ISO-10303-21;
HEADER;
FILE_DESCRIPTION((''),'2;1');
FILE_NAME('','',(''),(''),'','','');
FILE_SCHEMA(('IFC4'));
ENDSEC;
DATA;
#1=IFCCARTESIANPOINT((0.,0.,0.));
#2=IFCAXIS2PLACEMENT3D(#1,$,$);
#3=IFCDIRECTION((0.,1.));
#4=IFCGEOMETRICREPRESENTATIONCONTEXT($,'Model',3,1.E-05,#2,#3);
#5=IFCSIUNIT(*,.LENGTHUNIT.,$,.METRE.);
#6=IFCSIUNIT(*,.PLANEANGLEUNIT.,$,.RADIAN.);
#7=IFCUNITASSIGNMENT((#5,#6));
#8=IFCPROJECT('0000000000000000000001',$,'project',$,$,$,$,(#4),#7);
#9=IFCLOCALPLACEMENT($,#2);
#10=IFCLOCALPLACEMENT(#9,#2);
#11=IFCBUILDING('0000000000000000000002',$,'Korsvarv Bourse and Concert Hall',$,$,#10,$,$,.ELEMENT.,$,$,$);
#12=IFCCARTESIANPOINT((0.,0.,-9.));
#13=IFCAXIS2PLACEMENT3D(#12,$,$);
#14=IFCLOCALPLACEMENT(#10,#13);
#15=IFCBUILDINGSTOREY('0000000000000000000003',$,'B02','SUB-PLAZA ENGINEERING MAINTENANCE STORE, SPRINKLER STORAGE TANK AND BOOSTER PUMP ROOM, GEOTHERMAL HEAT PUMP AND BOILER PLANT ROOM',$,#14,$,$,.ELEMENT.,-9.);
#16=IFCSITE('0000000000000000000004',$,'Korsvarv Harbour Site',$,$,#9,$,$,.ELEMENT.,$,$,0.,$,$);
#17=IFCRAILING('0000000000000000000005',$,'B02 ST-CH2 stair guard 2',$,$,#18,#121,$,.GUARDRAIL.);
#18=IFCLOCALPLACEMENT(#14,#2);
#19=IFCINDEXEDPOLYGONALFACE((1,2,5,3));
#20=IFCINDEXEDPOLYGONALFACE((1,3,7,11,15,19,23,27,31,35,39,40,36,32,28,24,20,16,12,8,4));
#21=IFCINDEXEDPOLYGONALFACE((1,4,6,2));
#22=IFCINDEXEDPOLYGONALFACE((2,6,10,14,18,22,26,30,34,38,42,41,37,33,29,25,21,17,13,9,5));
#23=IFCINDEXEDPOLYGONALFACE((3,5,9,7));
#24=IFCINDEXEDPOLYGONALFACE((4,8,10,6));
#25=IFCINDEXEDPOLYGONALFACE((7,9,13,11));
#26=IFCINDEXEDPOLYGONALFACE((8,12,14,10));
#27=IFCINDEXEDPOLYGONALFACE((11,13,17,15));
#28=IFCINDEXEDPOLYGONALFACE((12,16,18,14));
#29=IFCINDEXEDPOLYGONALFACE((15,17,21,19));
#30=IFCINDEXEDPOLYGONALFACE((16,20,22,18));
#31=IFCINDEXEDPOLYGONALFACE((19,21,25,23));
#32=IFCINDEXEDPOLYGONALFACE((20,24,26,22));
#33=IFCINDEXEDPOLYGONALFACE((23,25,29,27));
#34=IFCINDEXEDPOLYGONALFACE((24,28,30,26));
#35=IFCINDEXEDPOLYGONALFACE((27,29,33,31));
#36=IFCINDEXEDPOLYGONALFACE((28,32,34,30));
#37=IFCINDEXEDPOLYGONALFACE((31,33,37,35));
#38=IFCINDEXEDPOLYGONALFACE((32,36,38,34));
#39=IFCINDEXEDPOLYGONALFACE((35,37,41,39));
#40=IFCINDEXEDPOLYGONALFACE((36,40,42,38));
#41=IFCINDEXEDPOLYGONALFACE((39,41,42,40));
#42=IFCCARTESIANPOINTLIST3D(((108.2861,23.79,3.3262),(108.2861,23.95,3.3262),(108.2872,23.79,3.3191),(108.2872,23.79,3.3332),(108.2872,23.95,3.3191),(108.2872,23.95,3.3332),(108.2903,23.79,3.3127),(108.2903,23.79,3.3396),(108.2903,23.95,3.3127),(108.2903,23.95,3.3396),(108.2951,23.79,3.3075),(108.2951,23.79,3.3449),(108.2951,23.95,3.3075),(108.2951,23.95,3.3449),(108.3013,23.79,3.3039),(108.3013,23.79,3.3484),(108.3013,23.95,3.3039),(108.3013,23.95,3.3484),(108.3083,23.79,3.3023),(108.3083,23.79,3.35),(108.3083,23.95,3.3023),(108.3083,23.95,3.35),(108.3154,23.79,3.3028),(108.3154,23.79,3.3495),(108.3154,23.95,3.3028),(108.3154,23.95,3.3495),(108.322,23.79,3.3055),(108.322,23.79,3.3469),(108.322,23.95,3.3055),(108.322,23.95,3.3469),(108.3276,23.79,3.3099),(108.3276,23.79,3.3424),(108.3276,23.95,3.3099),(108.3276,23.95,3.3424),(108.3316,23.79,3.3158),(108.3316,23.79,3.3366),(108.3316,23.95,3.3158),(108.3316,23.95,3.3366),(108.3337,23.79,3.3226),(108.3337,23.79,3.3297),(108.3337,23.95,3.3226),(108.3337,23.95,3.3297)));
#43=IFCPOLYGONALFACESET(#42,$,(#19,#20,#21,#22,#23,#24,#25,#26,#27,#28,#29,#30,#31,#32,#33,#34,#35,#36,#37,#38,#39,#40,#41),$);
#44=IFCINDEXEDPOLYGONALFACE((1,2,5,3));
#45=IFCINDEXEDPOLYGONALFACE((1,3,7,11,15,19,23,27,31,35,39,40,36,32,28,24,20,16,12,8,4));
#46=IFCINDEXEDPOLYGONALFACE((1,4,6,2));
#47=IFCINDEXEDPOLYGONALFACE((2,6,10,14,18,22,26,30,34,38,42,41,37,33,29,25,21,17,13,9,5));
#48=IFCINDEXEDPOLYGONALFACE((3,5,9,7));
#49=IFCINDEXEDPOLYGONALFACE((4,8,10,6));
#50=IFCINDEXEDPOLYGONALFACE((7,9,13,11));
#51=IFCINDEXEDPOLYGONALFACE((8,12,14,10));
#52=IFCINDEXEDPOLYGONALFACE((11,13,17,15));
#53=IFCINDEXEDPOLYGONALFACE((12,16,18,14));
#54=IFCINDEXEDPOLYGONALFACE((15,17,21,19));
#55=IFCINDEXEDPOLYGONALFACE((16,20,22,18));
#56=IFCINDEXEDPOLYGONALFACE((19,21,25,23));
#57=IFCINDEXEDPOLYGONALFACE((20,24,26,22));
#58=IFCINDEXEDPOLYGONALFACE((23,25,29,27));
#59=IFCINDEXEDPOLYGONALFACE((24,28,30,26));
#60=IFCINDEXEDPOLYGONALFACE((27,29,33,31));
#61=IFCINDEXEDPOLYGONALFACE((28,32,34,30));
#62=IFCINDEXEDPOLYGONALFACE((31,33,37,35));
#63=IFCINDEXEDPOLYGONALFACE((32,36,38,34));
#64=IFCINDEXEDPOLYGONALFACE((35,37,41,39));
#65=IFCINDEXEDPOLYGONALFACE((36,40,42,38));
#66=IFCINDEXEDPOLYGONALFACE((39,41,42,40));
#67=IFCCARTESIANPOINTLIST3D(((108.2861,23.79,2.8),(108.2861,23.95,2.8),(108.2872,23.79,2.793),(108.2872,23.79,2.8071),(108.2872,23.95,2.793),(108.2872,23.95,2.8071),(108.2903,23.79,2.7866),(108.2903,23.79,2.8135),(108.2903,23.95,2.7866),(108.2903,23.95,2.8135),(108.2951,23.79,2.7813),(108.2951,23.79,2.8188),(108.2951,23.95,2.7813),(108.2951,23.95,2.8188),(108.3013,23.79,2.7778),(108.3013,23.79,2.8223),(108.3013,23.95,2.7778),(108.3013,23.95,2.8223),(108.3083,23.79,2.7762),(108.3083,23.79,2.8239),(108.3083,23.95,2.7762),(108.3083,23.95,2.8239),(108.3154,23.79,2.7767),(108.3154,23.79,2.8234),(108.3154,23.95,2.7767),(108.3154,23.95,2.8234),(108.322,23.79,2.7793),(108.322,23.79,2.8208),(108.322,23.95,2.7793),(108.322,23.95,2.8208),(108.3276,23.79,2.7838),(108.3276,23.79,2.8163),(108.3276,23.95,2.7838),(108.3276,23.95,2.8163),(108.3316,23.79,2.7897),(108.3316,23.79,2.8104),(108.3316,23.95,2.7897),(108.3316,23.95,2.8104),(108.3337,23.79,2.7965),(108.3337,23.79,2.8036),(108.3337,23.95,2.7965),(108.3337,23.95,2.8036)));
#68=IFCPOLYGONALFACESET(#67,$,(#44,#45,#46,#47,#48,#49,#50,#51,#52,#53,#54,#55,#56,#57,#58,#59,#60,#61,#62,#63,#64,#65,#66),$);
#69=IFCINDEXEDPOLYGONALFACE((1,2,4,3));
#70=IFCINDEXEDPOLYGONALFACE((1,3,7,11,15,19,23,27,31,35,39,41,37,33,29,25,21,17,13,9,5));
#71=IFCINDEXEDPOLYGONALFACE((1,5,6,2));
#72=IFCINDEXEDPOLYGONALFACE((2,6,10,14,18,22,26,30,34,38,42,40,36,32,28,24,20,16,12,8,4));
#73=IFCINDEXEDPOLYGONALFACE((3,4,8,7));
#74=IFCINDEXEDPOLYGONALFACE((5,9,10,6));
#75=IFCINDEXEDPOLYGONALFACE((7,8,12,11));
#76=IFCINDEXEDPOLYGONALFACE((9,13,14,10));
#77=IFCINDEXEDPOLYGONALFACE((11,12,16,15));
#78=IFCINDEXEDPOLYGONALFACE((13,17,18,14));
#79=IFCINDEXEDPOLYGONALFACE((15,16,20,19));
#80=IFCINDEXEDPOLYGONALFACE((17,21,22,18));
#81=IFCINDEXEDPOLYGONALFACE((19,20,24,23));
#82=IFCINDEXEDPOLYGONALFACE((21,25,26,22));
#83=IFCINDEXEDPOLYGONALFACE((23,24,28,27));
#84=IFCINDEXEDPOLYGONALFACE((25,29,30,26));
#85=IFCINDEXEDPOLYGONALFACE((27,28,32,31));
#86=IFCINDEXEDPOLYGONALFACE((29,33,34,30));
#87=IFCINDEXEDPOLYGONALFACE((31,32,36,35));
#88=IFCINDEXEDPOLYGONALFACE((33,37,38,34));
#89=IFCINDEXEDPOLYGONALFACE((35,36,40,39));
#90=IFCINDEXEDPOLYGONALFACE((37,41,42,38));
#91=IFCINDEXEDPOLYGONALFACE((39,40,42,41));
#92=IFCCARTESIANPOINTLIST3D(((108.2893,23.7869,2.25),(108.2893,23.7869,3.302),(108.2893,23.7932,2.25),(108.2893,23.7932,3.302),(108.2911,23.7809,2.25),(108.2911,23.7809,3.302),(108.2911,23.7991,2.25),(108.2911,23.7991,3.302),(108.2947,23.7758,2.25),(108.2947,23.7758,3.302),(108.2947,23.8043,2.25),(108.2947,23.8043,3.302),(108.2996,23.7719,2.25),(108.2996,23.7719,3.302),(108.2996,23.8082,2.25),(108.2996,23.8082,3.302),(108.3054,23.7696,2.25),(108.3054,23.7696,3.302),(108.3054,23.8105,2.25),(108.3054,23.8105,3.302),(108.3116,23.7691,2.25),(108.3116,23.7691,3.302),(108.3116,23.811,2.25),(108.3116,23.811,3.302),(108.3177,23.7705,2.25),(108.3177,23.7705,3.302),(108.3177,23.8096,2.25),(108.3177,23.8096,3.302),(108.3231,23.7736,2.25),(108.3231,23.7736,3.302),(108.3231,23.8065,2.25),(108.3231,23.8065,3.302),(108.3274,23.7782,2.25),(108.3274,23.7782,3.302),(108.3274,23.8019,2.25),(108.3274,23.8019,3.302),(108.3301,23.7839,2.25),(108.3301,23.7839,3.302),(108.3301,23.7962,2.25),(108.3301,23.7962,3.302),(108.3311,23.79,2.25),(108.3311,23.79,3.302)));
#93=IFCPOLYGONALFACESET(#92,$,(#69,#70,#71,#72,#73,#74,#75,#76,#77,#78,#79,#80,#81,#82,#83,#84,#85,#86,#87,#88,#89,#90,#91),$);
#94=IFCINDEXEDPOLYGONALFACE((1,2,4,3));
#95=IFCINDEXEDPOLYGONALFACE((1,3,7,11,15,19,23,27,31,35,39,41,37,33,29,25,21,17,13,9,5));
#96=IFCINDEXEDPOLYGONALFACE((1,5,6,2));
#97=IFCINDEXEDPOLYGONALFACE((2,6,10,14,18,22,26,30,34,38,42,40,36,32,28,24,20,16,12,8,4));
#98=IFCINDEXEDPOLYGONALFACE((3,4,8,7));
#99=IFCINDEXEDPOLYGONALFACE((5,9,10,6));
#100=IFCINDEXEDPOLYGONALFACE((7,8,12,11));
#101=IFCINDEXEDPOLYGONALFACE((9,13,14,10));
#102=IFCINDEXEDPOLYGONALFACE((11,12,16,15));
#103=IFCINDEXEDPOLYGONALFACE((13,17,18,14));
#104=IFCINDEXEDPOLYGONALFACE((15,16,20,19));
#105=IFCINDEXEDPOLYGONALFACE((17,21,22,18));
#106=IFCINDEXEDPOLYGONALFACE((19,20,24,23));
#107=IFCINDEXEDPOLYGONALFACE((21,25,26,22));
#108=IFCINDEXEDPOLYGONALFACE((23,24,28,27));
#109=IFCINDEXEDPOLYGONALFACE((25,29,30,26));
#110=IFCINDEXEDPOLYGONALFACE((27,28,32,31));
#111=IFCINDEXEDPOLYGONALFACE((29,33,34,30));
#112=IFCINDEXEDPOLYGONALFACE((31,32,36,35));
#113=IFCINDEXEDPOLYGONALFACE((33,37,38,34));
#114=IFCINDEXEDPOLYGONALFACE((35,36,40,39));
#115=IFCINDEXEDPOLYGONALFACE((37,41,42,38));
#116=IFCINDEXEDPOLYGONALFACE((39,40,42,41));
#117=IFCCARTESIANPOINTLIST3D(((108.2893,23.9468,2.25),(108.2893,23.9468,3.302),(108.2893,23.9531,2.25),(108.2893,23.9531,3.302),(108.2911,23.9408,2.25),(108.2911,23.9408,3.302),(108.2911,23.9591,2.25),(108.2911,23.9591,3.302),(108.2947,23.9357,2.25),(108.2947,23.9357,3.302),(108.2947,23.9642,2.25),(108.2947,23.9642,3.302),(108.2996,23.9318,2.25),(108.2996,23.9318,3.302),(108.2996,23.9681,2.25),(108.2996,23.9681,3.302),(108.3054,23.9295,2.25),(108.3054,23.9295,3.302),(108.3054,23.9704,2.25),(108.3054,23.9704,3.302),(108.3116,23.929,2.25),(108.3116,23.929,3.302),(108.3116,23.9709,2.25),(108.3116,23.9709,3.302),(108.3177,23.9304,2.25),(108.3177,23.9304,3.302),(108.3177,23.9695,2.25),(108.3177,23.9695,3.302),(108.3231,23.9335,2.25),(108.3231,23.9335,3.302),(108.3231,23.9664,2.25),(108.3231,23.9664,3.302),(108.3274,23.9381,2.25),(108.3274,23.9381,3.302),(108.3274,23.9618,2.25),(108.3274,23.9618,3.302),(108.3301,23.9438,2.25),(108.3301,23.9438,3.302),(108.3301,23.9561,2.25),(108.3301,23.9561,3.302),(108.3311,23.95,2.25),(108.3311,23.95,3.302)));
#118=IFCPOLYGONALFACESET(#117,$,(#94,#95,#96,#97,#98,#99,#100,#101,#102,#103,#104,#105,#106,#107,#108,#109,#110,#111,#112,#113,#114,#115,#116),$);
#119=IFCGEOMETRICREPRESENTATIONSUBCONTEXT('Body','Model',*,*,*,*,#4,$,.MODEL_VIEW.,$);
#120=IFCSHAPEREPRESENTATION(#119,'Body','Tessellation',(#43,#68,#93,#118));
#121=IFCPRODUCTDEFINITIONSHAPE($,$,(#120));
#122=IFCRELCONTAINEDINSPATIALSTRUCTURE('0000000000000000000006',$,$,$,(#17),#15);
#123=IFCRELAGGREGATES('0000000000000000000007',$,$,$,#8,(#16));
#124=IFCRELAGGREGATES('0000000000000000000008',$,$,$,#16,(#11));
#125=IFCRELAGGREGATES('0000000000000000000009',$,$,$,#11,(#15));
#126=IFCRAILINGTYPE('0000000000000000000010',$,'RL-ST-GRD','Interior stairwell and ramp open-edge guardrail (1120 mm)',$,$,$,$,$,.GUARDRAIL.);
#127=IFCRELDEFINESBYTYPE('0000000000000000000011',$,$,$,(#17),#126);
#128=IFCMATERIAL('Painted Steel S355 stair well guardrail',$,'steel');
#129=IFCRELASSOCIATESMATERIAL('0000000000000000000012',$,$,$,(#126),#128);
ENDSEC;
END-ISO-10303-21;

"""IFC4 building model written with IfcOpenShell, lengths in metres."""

from ifc_helpers import new_model, si_unit, direction, frame, origin, origin_2d, place, context, subcontext, project, spatial, circle, extrude, material, type_object, element, save


model = new_model("IFC4")

# Units and contexts
model_context = context("Model", 3, precision=1e-05, world=origin(), true_north=direction((0.0, 1.0)))
body_context = subcontext(model_context, "Body", "Model", "MODEL_VIEW")
ifc_project = project(units=[si_unit("LENGTHUNIT", "METRE"), si_unit("PLANEANGLEUNIT", "RADIAN")], contexts=[model_context])

# Site, building, storey
site_placement = place(None, origin())
site = spatial("IfcSite", under=ifc_project, at=site_placement, Name="Korsvarv Harbour Site", CompositionType="ELEMENT", RefElevation=0.0)
building_placement = place(site_placement, origin())
building = spatial("IfcBuilding", under=site, at=building_placement, Name="Korsvarv Bourse and Concert Hall", CompositionType="ELEMENT")
storey_placement = place(building_placement, frame((0.0, 0.0, -9.0)))
storey = spatial("IfcBuildingStorey", under=building, at=storey_placement, Name="B02", Description="SUB-PLAZA ENGINEERING MAINTENANCE STORE, SPRINKLER STORAGE TANK AND BOOSTER PUMP ROOM, GEOTHERMAL HEAT PUMP AND BOILER PLANT ROOM", CompositionType="ELEMENT", Elevation=-9.0)

# Railing
ifc_material_1 = material(Name="Painted Steel S355 stair well guardrail", Category="steel")
railing_type_1 = type_object("IfcRailingType", Name="RL-ST-GRD", Description="Interior stairwell and ramp open-edge guardrail (1120 mm)", PredefinedType="GUARDRAIL", material=ifc_material_1)
railing_1_placement = place(storey_placement, frame((108.3101, 23.79, 2.25)))
element("IfcRailing", 1, at=railing_1_placement, inside=storey, type_object=railing_type_1, Name="B02 ST-CH2 stair guard 2", PredefinedType="GUARDRAIL", context=body_context, shape_type="SweptSolid", body=[
    extrude(circle(Radius=0.0239, at=origin_2d()), frame((0.0, 0.0, 1.0762), z_axis=(0.0, 1.0, 0.0), x_axis=(-1.0, 0.0, 0.0)), (0.0, 0.0, 1.0), 0.1599),
    extrude(circle(Radius=0.0239, at=origin_2d()), frame((0.0, 0.0, 0.55), z_axis=(0.0, 1.0, 0.0), x_axis=(-1.0, 0.0, 0.0)), (0.0, 0.0, 1.0), 0.1599),
    extrude(circle(Radius=0.021, at=origin_2d()), origin(), (0.0, 0.0, 1.0), 1.052),
    extrude(circle(Radius=0.021, at=origin_2d()), frame((0.0, 0.1599, 0.0)), (0.0, 0.0, 1.0), 1.052),
])

save(model, "model.ifc")
